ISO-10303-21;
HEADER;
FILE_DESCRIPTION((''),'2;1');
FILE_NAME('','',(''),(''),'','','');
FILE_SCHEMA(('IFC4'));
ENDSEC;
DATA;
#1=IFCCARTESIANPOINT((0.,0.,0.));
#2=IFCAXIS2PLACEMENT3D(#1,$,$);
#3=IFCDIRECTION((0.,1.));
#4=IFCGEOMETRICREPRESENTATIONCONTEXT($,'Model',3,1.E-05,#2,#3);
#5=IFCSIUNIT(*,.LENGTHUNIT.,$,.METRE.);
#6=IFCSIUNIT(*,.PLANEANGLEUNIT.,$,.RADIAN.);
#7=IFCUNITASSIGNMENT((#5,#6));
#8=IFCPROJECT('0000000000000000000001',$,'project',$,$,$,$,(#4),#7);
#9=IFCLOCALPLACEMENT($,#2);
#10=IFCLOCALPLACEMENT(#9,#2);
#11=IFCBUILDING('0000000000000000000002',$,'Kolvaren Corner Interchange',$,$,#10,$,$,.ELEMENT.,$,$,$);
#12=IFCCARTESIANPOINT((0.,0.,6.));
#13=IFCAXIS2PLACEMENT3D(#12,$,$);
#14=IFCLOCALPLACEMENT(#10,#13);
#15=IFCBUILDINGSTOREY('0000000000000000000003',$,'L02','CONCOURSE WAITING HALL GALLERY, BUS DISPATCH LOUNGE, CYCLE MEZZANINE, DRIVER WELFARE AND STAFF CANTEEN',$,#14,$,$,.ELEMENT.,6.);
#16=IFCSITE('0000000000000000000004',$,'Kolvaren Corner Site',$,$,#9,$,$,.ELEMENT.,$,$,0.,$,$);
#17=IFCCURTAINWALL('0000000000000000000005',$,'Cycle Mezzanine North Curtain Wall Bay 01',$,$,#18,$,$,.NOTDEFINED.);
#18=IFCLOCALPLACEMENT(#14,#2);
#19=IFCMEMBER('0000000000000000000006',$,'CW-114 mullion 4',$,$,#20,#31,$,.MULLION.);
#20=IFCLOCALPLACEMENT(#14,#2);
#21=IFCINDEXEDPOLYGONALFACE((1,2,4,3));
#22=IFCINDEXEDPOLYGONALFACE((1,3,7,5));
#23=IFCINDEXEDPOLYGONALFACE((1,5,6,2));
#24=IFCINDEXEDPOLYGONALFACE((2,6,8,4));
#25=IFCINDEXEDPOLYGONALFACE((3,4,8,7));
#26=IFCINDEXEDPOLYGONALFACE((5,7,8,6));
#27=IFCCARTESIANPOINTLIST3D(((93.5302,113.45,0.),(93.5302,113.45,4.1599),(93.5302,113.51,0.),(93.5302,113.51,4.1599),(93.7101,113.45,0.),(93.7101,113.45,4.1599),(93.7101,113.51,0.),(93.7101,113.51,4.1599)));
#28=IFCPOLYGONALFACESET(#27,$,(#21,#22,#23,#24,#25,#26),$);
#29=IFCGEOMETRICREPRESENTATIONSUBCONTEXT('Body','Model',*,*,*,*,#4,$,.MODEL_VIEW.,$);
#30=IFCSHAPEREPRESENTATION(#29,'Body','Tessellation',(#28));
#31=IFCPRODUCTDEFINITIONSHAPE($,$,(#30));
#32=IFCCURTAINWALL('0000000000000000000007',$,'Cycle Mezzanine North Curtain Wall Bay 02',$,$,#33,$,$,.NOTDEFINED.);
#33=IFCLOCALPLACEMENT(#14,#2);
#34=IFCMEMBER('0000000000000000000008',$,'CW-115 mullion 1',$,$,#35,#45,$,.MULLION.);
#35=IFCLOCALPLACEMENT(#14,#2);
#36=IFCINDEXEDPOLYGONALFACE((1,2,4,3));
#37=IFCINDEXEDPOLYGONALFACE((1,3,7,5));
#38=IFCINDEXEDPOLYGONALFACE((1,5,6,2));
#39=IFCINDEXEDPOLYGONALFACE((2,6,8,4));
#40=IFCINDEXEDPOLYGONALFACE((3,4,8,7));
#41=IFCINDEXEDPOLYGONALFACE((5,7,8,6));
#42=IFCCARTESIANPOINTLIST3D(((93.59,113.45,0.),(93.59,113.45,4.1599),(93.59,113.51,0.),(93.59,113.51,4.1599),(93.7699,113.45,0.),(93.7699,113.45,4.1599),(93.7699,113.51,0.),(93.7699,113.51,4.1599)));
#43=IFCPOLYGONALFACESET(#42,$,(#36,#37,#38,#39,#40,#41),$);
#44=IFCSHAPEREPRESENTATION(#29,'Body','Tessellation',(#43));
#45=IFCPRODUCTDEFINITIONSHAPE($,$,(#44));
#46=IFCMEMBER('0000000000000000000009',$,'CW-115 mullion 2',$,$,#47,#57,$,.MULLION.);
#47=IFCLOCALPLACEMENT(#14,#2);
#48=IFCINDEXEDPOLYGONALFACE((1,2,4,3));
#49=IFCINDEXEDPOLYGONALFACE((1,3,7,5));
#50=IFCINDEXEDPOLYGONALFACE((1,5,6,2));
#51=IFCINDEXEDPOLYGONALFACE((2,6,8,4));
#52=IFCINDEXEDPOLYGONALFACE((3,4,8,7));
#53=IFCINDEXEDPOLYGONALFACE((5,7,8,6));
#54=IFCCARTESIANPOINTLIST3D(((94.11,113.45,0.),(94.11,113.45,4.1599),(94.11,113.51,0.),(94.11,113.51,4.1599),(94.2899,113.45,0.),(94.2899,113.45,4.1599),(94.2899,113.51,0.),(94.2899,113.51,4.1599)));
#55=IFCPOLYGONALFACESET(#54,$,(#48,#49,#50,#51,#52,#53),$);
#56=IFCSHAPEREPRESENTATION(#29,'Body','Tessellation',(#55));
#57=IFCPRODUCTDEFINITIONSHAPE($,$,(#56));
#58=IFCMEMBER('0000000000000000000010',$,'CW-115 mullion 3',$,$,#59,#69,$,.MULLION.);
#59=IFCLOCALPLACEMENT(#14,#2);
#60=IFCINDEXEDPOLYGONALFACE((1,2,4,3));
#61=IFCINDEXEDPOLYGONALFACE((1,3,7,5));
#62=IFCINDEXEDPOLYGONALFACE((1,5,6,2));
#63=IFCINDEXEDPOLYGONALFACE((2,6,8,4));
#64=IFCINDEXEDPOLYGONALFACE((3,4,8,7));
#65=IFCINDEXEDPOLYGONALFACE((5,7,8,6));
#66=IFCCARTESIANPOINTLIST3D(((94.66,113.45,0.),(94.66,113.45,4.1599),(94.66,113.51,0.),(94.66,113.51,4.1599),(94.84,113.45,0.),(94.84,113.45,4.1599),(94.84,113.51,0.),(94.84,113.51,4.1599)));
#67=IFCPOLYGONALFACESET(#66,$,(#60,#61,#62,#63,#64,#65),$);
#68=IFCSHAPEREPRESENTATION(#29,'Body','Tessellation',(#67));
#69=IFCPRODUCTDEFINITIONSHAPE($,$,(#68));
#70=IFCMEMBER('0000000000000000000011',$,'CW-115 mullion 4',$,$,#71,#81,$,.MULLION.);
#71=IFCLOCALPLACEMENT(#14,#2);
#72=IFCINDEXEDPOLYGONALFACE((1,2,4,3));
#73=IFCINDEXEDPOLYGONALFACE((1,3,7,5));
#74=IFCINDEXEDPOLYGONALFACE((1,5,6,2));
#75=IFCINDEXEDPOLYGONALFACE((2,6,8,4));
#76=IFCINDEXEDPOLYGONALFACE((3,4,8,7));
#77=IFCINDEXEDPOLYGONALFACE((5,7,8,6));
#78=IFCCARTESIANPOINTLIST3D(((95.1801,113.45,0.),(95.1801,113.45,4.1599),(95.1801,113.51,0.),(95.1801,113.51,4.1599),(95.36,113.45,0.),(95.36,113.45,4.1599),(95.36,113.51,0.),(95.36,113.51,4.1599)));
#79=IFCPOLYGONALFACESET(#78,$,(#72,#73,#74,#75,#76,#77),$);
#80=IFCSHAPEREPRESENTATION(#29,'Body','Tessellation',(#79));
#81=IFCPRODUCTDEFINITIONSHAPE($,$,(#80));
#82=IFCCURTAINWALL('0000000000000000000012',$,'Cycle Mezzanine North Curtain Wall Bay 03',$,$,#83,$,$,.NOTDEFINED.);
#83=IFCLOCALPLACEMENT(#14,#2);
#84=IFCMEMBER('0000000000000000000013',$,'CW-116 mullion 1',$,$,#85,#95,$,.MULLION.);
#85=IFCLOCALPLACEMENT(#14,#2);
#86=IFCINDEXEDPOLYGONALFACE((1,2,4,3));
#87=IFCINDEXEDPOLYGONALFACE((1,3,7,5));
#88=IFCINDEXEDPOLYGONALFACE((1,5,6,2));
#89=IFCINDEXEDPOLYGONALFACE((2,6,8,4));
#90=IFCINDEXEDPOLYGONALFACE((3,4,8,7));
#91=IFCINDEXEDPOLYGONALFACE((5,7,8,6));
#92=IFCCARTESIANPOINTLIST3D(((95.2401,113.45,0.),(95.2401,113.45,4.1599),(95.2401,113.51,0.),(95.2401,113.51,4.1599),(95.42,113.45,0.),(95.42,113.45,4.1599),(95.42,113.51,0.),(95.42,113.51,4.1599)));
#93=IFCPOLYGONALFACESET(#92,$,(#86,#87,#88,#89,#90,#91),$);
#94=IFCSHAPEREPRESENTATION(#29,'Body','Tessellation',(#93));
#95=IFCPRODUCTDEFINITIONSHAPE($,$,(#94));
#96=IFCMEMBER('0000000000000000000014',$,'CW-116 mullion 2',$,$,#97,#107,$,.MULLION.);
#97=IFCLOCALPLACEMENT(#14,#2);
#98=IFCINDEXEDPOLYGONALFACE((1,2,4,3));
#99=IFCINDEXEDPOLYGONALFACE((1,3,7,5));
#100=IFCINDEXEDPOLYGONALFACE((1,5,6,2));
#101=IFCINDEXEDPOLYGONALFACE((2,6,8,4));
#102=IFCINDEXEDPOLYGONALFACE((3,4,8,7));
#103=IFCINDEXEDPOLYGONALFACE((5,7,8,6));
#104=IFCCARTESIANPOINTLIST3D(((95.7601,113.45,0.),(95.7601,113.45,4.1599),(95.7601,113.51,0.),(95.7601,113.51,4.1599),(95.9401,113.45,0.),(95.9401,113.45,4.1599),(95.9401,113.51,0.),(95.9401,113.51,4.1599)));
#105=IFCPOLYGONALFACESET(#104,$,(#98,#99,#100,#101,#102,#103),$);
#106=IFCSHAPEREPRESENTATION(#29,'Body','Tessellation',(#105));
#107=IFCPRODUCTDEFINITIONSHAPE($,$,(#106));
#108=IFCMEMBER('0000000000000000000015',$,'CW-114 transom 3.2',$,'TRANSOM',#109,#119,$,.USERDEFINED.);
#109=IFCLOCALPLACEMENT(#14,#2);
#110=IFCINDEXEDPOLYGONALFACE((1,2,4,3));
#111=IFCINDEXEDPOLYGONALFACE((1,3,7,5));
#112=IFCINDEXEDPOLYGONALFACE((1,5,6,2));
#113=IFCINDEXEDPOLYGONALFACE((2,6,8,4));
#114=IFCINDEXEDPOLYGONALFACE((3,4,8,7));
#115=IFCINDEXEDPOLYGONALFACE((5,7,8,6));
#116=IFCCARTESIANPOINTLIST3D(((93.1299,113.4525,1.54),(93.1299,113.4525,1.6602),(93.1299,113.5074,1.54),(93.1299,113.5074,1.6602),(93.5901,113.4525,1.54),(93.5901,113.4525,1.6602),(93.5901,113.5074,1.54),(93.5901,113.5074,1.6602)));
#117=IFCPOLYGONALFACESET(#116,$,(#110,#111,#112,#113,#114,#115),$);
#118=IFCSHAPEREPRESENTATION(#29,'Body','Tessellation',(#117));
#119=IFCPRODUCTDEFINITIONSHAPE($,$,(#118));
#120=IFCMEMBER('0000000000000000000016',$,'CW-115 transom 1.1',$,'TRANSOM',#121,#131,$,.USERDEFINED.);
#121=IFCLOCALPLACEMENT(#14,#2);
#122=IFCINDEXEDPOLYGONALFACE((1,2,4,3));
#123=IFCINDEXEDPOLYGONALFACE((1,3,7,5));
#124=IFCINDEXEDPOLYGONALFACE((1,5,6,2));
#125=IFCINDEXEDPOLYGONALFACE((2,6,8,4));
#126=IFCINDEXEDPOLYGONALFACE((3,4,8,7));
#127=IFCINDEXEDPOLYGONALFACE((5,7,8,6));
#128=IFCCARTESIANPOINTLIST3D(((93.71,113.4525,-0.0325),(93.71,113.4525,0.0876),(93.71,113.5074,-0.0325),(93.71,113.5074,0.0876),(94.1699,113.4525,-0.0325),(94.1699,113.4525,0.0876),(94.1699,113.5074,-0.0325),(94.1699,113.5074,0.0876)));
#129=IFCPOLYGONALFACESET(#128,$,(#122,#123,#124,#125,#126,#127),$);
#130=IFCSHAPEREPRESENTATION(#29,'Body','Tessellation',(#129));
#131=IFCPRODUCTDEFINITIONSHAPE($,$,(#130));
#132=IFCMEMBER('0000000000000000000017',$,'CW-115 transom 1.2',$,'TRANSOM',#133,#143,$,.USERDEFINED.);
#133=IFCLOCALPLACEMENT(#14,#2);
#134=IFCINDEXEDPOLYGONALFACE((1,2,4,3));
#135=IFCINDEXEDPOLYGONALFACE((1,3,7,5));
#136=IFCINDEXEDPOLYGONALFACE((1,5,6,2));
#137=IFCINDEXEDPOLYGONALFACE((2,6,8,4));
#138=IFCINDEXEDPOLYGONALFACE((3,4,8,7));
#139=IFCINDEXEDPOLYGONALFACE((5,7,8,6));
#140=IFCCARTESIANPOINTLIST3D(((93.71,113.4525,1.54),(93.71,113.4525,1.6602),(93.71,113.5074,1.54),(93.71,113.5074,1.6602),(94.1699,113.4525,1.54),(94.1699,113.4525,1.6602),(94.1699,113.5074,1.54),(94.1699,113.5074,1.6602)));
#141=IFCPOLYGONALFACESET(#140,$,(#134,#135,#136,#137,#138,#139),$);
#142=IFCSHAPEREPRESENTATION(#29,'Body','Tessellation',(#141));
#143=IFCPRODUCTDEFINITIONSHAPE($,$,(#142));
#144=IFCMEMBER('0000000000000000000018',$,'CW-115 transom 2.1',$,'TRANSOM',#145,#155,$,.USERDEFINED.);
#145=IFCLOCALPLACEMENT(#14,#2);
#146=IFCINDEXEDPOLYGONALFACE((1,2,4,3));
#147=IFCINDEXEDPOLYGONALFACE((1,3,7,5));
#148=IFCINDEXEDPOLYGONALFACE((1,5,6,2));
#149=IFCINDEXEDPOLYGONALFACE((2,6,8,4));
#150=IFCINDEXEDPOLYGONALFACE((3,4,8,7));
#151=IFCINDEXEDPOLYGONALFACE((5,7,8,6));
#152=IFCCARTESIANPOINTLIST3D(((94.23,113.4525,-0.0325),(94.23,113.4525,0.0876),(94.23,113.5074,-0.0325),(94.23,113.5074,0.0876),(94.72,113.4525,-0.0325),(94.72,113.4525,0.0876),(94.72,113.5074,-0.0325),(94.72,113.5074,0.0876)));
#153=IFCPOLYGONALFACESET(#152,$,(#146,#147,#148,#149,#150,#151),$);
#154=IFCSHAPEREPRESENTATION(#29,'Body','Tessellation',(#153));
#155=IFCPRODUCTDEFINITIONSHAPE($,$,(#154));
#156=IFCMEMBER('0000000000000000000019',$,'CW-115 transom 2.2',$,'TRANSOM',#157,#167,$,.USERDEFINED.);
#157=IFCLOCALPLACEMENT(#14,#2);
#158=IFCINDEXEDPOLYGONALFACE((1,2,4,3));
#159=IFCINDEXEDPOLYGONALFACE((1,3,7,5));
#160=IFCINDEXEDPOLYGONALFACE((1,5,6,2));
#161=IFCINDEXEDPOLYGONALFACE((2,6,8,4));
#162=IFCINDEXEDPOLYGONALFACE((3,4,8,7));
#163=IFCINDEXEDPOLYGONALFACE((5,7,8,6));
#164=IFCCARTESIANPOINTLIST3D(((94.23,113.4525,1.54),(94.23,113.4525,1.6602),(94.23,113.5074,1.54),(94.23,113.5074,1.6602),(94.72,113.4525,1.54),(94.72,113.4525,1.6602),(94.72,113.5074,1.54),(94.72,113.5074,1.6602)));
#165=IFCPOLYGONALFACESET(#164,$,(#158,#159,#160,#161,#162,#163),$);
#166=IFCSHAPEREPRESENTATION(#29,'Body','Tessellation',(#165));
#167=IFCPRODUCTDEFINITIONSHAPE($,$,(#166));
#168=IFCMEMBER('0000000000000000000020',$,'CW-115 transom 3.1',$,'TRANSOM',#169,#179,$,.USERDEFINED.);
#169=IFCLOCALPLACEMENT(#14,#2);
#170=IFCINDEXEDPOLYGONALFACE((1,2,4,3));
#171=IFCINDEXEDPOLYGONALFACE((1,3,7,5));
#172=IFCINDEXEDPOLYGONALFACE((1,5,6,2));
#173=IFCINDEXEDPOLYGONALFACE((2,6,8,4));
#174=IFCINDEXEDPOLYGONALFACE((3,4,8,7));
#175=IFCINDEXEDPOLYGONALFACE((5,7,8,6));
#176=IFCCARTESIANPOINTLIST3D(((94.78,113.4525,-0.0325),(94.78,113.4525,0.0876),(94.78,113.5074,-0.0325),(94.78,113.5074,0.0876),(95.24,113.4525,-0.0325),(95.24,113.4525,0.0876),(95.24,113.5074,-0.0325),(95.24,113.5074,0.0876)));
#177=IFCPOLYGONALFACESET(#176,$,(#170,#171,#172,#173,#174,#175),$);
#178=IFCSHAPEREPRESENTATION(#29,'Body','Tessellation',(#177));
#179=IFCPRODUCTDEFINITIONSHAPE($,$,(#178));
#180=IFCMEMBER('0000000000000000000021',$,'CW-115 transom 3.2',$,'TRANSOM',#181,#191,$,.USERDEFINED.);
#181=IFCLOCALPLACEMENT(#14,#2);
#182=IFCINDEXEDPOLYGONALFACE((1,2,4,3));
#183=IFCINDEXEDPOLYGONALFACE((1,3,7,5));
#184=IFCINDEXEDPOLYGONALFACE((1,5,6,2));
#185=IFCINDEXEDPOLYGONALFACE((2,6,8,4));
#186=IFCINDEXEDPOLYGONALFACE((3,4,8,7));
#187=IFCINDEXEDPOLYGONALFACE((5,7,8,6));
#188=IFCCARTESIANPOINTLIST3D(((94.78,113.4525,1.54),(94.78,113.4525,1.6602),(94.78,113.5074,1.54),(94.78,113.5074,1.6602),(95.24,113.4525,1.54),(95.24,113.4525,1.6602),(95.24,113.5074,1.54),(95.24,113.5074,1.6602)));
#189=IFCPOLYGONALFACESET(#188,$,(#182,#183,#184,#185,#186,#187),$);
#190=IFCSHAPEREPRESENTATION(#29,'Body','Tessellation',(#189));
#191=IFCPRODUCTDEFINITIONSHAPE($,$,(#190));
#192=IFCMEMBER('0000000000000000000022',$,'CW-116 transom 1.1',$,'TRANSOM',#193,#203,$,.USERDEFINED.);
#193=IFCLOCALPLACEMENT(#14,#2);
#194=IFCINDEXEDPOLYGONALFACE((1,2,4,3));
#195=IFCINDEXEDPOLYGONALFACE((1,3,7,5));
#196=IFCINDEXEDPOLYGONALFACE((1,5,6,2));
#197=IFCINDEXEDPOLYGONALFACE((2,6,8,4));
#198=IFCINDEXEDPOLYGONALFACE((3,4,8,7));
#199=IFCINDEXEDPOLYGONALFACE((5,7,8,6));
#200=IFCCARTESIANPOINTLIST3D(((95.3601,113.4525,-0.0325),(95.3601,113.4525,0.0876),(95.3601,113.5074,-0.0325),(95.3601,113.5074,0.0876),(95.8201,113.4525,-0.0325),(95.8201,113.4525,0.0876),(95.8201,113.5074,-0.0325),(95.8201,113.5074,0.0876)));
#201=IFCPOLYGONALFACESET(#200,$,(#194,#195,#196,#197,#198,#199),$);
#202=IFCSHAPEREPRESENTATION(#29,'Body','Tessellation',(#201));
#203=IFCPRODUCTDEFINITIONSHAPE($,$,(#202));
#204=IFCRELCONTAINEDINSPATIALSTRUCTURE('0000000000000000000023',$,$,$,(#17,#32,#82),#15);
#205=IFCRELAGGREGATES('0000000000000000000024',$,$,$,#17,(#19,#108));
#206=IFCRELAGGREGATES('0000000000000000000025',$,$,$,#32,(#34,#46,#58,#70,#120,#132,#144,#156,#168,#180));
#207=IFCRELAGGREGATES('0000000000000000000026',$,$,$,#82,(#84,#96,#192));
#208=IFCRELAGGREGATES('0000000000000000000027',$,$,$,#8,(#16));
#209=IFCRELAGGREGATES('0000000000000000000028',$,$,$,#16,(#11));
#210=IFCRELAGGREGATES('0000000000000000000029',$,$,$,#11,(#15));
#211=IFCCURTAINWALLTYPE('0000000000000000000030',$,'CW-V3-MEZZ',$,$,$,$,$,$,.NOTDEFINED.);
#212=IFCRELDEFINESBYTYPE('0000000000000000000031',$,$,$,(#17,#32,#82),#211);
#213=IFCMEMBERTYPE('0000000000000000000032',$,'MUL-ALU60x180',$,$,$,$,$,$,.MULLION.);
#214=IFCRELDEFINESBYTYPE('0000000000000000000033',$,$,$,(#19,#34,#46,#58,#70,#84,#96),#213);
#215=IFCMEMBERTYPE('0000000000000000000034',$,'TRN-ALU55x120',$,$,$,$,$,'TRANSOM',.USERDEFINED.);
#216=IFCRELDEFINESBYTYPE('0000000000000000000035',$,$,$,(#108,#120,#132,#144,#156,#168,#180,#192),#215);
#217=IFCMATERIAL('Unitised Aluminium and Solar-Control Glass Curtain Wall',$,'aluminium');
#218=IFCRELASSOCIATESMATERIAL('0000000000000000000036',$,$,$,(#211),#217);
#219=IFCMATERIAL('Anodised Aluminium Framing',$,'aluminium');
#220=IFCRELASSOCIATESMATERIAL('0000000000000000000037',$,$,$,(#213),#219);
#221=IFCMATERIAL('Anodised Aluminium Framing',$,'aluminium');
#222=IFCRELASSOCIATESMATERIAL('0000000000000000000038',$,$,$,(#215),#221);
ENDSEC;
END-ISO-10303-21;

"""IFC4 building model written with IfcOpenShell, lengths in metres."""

from ifc_helpers import new_model, si_unit, direction, frame, origin, origin_2d, place, context, subcontext, project, spatial, rectangle, extrude, material, material_profile, profile_set, type_object, element, aggregate, save


model = new_model("IFC4")

# Units and contexts
model_context = context("Model", 3, precision=1e-05, world=origin(), true_north=direction((0.0, 1.0)))
body_context = subcontext(model_context, "Body", "Model", "MODEL_VIEW")
ifc_project = project(units=[si_unit("LENGTHUNIT", "METRE"), si_unit("PLANEANGLEUNIT", "RADIAN")], contexts=[model_context])

# Site, building, storey
site_placement = place(None, origin())
site = spatial("IfcSite", under=ifc_project, at=site_placement, Name="Kolvaren Corner Site", CompositionType="ELEMENT", RefElevation=0.0)
building_placement = place(site_placement, origin())
building = spatial("IfcBuilding", under=site, at=building_placement, Name="Kolvaren Corner Interchange", CompositionType="ELEMENT")
storey_placement = place(building_placement, frame((0.0, 0.0, 6.0)))
storey = spatial("IfcBuildingStorey", under=building, at=storey_placement, Name="L02", Description="CONCOURSE WAITING HALL GALLERY, BUS DISPATCH LOUNGE, CYCLE MEZZANINE, DRIVER WELFARE AND STAFF CANTEEN", CompositionType="ELEMENT", Elevation=6.0)

# Curtain wall, member
ifc_material_1 = material(Name="Unitised Aluminium and Solar-Control Glass Curtain Wall", Category="aluminium")
curtain_wall_type = type_object("IfcCurtainWallType", Name="CW-V3-MEZZ", PredefinedType="NOTDEFINED", material=ifc_material_1)
curtain_wall_1_placement = place(storey_placement, origin())
curtain_wall_1 = element("IfcCurtainWall", 1, at=curtain_wall_1_placement, inside=storey, type_object=curtain_wall_type, Name="Cycle Mezzanine North Curtain Wall Bay 01", PredefinedType="NOTDEFINED")
ifc_material_2 = material(Name="Anodised Aluminium Framing", Category="aluminium")
ifc_material_profile_1 = material_profile(ifc_material_2, rectangle(XDim=0.0601, YDim=0.1799, at=origin_2d()), Name="ALU 60x180")
ifc_profile_set_1 = profile_set([ifc_material_profile_1], Name="Anodised Aluminium Framing")
member_type_1 = type_object("IfcMemberType", Name="MUL-ALU60x180", PredefinedType="MULLION", material=ifc_profile_set_1)
member_1_placement = place(storey_placement, frame((93.6201, 113.48, 0.0), z_axis=(0.0, 0.0, 1.0), x_axis=(0.0, 1.0, 0.0)))
member_1 = element("IfcMember", 2, at=member_1_placement, type_object=member_type_1, Name="CW-114 mullion 4", PredefinedType="MULLION", context=body_context, shape_type="SweptSolid", body=[
    extrude(rectangle(XDim=0.0601, YDim=0.1799, at=origin_2d()), origin(), (0.0, 0.0, 1.0), 4.1599),
])

# Curtain walls, members
curtain_wall_2_placement = place(storey_placement, origin())
curtain_wall_2 = element("IfcCurtainWall", 3, at=curtain_wall_2_placement, inside=storey, type_object=curtain_wall_type, Name="Cycle Mezzanine North Curtain Wall Bay 02", PredefinedType="NOTDEFINED")
member_2_placement = place(storey_placement, frame((93.6799, 113.48, 0.0), z_axis=(0.0, 0.0, 1.0), x_axis=(0.0, 1.0, 0.0)))
member_2 = element("IfcMember", 4, at=member_2_placement, type_object=member_type_1, Name="CW-115 mullion 1", PredefinedType="MULLION", context=body_context, shape_type="SweptSolid", body=[
    extrude(rectangle(XDim=0.0601, YDim=0.1799, at=origin_2d()), origin(), (0.0, 0.0, 1.0), 4.1599),
])
member_3_placement = place(storey_placement, frame((94.2, 113.48, 0.0), z_axis=(0.0, 0.0, 1.0), x_axis=(0.0, 1.0, 0.0)))
member_3 = element("IfcMember", 5, at=member_3_placement, type_object=member_type_1, Name="CW-115 mullion 2", PredefinedType="MULLION", context=body_context, shape_type="SweptSolid", body=[
    extrude(rectangle(XDim=0.0601, YDim=0.1799, at=origin_2d()), origin(), (0.0, 0.0, 1.0), 4.1599),
])
member_4_placement = place(storey_placement, frame((94.75, 113.48, 0.0), z_axis=(0.0, 0.0, 1.0), x_axis=(0.0, 1.0, 0.0)))
member_4 = element("IfcMember", 6, at=member_4_placement, type_object=member_type_1, Name="CW-115 mullion 3", PredefinedType="MULLION", context=body_context, shape_type="SweptSolid", body=[
    extrude(rectangle(XDim=0.0601, YDim=0.1799, at=origin_2d()), origin(), (0.0, 0.0, 1.0), 4.1599),
])
member_5_placement = place(storey_placement, frame((95.27, 113.48, 0.0), z_axis=(0.0, 0.0, 1.0), x_axis=(0.0, 1.0, 0.0)))
member_5 = element("IfcMember", 7, at=member_5_placement, type_object=member_type_1, Name="CW-115 mullion 4", PredefinedType="MULLION", context=body_context, shape_type="SweptSolid", body=[
    extrude(rectangle(XDim=0.0601, YDim=0.1799, at=origin_2d()), origin(), (0.0, 0.0, 1.0), 4.1599),
])
curtain_wall_3_placement = place(storey_placement, origin())
curtain_wall_3 = element("IfcCurtainWall", 8, at=curtain_wall_3_placement, inside=storey, type_object=curtain_wall_type, Name="Cycle Mezzanine North Curtain Wall Bay 03", PredefinedType="NOTDEFINED")
member_6_placement = place(storey_placement, frame((95.3301, 113.48, 0.0), z_axis=(0.0, 0.0, 1.0), x_axis=(0.0, 1.0, 0.0)))
member_6 = element("IfcMember", 9, at=member_6_placement, type_object=member_type_1, Name="CW-116 mullion 1", PredefinedType="MULLION", context=body_context, shape_type="SweptSolid", body=[
    extrude(rectangle(XDim=0.0601, YDim=0.1799, at=origin_2d()), origin(), (0.0, 0.0, 1.0), 4.1599),
])
member_7_placement = place(storey_placement, frame((95.8501, 113.48, 0.0), z_axis=(0.0, 0.0, 1.0), x_axis=(0.0, 1.0, 0.0)))
member_7 = element("IfcMember", 10, at=member_7_placement, type_object=member_type_1, Name="CW-116 mullion 2", PredefinedType="MULLION", context=body_context, shape_type="SweptSolid", body=[
    extrude(rectangle(XDim=0.0601, YDim=0.1799, at=origin_2d()), origin(), (0.0, 0.0, 1.0), 4.1599),
])

# Members
ifc_material_3 = material(Name="Anodised Aluminium Framing", Category="aluminium")
ifc_material_profile_2 = material_profile(ifc_material_3, rectangle(XDim=0.0549, YDim=0.1201, at=origin_2d()), Name="ALU 55x120")
ifc_profile_set_2 = profile_set([ifc_material_profile_2], Name="Anodised Aluminium Framing")
member_type_2 = type_object("IfcMemberType", Name="TRN-ALU55x120", ElementType="TRANSOM", PredefinedType="USERDEFINED", material=ifc_profile_set_2)
member_8_placement = place(storey_placement, frame((93.1299, 113.48, 1.6001), z_axis=(1.0, 0.0, 0.0), x_axis=(0.0, 1.0, 0.0)))
member_8 = element("IfcMember", 11, at=member_8_placement, type_object=member_type_2, Name="CW-114 transom 3.2", ObjectType="TRANSOM", PredefinedType="USERDEFINED", context=body_context, shape_type="SweptSolid", body=[
    extrude(rectangle(XDim=0.0549, YDim=0.1201, at=origin_2d()), origin(), (0.0, 0.0, 1.0), 0.4602),
])
member_9_placement = place(storey_placement, frame((93.71, 113.48, 0.0276), z_axis=(1.0, 0.0, 0.0), x_axis=(0.0, 1.0, 0.0)))
member_9 = element("IfcMember", 12, at=member_9_placement, type_object=member_type_2, Name="CW-115 transom 1.1", ObjectType="TRANSOM", PredefinedType="USERDEFINED", context=body_context, shape_type="SweptSolid", body=[
    extrude(rectangle(XDim=0.0549, YDim=0.1201, at=origin_2d()), origin(), (0.0, 0.0, 1.0), 0.46),
])
member_10_placement = place(storey_placement, frame((93.71, 113.48, 1.6001), z_axis=(1.0, 0.0, 0.0), x_axis=(0.0, 1.0, 0.0)))
member_10 = element("IfcMember", 13, at=member_10_placement, type_object=member_type_2, Name="CW-115 transom 1.2", ObjectType="TRANSOM", PredefinedType="USERDEFINED", context=body_context, shape_type="SweptSolid", body=[
    extrude(rectangle(XDim=0.0549, YDim=0.1201, at=origin_2d()), origin(), (0.0, 0.0, 1.0), 0.46),
])
member_11_placement = place(storey_placement, frame((94.23, 113.48, 0.0276), z_axis=(1.0, 0.0, 0.0), x_axis=(0.0, 1.0, 0.0)))
member_11 = element("IfcMember", 14, at=member_11_placement, type_object=member_type_2, Name="CW-115 transom 2.1", ObjectType="TRANSOM", PredefinedType="USERDEFINED", context=body_context, shape_type="SweptSolid", body=[
    extrude(rectangle(XDim=0.0549, YDim=0.1201, at=origin_2d()), origin(), (0.0, 0.0, 1.0), 0.49),
])
member_12_placement = place(storey_placement, frame((94.23, 113.48, 1.6001), z_axis=(1.0, 0.0, 0.0), x_axis=(0.0, 1.0, 0.0)))
member_12 = element("IfcMember", 15, at=member_12_placement, type_object=member_type_2, Name="CW-115 transom 2.2", ObjectType="TRANSOM", PredefinedType="USERDEFINED", context=body_context, shape_type="SweptSolid", body=[
    extrude(rectangle(XDim=0.0549, YDim=0.1201, at=origin_2d()), origin(), (0.0, 0.0, 1.0), 0.49),
])
member_13_placement = place(storey_placement, frame((94.78, 113.48, 0.0276), z_axis=(1.0, 0.0, 0.0), x_axis=(0.0, 1.0, 0.0)))
member_13 = element("IfcMember", 16, at=member_13_placement, type_object=member_type_2, Name="CW-115 transom 3.1", ObjectType="TRANSOM", PredefinedType="USERDEFINED", context=body_context, shape_type="SweptSolid", body=[
    extrude(rectangle(XDim=0.0549, YDim=0.1201, at=origin_2d()), origin(), (0.0, 0.0, 1.0), 0.46),
])
member_14_placement = place(storey_placement, frame((94.78, 113.48, 1.6001), z_axis=(1.0, 0.0, 0.0), x_axis=(0.0, 1.0, 0.0)))
member_14 = element("IfcMember", 17, at=member_14_placement, type_object=member_type_2, Name="CW-115 transom 3.2", ObjectType="TRANSOM", PredefinedType="USERDEFINED", context=body_context, shape_type="SweptSolid", body=[
    extrude(rectangle(XDim=0.0549, YDim=0.1201, at=origin_2d()), origin(), (0.0, 0.0, 1.0), 0.46),
])
member_15_placement = place(storey_placement, frame((95.3601, 113.48, 0.0276), z_axis=(1.0, 0.0, 0.0), x_axis=(0.0, 1.0, 0.0)))
member_15 = element("IfcMember", 18, at=member_15_placement, type_object=member_type_2, Name="CW-116 transom 1.1", ObjectType="TRANSOM", PredefinedType="USERDEFINED", context=body_context, shape_type="SweptSolid", body=[
    extrude(rectangle(XDim=0.0549, YDim=0.1201, at=origin_2d()), origin(), (0.0, 0.0, 1.0), 0.46),
])

aggregate(curtain_wall_1, [member_1, member_8])
aggregate(curtain_wall_2, [member_2, member_3, member_4, member_5, member_9, member_10, member_11, member_12, member_13, member_14])
aggregate(curtain_wall_3, [member_6, member_7, member_15])

save(model, "model.ifc")
